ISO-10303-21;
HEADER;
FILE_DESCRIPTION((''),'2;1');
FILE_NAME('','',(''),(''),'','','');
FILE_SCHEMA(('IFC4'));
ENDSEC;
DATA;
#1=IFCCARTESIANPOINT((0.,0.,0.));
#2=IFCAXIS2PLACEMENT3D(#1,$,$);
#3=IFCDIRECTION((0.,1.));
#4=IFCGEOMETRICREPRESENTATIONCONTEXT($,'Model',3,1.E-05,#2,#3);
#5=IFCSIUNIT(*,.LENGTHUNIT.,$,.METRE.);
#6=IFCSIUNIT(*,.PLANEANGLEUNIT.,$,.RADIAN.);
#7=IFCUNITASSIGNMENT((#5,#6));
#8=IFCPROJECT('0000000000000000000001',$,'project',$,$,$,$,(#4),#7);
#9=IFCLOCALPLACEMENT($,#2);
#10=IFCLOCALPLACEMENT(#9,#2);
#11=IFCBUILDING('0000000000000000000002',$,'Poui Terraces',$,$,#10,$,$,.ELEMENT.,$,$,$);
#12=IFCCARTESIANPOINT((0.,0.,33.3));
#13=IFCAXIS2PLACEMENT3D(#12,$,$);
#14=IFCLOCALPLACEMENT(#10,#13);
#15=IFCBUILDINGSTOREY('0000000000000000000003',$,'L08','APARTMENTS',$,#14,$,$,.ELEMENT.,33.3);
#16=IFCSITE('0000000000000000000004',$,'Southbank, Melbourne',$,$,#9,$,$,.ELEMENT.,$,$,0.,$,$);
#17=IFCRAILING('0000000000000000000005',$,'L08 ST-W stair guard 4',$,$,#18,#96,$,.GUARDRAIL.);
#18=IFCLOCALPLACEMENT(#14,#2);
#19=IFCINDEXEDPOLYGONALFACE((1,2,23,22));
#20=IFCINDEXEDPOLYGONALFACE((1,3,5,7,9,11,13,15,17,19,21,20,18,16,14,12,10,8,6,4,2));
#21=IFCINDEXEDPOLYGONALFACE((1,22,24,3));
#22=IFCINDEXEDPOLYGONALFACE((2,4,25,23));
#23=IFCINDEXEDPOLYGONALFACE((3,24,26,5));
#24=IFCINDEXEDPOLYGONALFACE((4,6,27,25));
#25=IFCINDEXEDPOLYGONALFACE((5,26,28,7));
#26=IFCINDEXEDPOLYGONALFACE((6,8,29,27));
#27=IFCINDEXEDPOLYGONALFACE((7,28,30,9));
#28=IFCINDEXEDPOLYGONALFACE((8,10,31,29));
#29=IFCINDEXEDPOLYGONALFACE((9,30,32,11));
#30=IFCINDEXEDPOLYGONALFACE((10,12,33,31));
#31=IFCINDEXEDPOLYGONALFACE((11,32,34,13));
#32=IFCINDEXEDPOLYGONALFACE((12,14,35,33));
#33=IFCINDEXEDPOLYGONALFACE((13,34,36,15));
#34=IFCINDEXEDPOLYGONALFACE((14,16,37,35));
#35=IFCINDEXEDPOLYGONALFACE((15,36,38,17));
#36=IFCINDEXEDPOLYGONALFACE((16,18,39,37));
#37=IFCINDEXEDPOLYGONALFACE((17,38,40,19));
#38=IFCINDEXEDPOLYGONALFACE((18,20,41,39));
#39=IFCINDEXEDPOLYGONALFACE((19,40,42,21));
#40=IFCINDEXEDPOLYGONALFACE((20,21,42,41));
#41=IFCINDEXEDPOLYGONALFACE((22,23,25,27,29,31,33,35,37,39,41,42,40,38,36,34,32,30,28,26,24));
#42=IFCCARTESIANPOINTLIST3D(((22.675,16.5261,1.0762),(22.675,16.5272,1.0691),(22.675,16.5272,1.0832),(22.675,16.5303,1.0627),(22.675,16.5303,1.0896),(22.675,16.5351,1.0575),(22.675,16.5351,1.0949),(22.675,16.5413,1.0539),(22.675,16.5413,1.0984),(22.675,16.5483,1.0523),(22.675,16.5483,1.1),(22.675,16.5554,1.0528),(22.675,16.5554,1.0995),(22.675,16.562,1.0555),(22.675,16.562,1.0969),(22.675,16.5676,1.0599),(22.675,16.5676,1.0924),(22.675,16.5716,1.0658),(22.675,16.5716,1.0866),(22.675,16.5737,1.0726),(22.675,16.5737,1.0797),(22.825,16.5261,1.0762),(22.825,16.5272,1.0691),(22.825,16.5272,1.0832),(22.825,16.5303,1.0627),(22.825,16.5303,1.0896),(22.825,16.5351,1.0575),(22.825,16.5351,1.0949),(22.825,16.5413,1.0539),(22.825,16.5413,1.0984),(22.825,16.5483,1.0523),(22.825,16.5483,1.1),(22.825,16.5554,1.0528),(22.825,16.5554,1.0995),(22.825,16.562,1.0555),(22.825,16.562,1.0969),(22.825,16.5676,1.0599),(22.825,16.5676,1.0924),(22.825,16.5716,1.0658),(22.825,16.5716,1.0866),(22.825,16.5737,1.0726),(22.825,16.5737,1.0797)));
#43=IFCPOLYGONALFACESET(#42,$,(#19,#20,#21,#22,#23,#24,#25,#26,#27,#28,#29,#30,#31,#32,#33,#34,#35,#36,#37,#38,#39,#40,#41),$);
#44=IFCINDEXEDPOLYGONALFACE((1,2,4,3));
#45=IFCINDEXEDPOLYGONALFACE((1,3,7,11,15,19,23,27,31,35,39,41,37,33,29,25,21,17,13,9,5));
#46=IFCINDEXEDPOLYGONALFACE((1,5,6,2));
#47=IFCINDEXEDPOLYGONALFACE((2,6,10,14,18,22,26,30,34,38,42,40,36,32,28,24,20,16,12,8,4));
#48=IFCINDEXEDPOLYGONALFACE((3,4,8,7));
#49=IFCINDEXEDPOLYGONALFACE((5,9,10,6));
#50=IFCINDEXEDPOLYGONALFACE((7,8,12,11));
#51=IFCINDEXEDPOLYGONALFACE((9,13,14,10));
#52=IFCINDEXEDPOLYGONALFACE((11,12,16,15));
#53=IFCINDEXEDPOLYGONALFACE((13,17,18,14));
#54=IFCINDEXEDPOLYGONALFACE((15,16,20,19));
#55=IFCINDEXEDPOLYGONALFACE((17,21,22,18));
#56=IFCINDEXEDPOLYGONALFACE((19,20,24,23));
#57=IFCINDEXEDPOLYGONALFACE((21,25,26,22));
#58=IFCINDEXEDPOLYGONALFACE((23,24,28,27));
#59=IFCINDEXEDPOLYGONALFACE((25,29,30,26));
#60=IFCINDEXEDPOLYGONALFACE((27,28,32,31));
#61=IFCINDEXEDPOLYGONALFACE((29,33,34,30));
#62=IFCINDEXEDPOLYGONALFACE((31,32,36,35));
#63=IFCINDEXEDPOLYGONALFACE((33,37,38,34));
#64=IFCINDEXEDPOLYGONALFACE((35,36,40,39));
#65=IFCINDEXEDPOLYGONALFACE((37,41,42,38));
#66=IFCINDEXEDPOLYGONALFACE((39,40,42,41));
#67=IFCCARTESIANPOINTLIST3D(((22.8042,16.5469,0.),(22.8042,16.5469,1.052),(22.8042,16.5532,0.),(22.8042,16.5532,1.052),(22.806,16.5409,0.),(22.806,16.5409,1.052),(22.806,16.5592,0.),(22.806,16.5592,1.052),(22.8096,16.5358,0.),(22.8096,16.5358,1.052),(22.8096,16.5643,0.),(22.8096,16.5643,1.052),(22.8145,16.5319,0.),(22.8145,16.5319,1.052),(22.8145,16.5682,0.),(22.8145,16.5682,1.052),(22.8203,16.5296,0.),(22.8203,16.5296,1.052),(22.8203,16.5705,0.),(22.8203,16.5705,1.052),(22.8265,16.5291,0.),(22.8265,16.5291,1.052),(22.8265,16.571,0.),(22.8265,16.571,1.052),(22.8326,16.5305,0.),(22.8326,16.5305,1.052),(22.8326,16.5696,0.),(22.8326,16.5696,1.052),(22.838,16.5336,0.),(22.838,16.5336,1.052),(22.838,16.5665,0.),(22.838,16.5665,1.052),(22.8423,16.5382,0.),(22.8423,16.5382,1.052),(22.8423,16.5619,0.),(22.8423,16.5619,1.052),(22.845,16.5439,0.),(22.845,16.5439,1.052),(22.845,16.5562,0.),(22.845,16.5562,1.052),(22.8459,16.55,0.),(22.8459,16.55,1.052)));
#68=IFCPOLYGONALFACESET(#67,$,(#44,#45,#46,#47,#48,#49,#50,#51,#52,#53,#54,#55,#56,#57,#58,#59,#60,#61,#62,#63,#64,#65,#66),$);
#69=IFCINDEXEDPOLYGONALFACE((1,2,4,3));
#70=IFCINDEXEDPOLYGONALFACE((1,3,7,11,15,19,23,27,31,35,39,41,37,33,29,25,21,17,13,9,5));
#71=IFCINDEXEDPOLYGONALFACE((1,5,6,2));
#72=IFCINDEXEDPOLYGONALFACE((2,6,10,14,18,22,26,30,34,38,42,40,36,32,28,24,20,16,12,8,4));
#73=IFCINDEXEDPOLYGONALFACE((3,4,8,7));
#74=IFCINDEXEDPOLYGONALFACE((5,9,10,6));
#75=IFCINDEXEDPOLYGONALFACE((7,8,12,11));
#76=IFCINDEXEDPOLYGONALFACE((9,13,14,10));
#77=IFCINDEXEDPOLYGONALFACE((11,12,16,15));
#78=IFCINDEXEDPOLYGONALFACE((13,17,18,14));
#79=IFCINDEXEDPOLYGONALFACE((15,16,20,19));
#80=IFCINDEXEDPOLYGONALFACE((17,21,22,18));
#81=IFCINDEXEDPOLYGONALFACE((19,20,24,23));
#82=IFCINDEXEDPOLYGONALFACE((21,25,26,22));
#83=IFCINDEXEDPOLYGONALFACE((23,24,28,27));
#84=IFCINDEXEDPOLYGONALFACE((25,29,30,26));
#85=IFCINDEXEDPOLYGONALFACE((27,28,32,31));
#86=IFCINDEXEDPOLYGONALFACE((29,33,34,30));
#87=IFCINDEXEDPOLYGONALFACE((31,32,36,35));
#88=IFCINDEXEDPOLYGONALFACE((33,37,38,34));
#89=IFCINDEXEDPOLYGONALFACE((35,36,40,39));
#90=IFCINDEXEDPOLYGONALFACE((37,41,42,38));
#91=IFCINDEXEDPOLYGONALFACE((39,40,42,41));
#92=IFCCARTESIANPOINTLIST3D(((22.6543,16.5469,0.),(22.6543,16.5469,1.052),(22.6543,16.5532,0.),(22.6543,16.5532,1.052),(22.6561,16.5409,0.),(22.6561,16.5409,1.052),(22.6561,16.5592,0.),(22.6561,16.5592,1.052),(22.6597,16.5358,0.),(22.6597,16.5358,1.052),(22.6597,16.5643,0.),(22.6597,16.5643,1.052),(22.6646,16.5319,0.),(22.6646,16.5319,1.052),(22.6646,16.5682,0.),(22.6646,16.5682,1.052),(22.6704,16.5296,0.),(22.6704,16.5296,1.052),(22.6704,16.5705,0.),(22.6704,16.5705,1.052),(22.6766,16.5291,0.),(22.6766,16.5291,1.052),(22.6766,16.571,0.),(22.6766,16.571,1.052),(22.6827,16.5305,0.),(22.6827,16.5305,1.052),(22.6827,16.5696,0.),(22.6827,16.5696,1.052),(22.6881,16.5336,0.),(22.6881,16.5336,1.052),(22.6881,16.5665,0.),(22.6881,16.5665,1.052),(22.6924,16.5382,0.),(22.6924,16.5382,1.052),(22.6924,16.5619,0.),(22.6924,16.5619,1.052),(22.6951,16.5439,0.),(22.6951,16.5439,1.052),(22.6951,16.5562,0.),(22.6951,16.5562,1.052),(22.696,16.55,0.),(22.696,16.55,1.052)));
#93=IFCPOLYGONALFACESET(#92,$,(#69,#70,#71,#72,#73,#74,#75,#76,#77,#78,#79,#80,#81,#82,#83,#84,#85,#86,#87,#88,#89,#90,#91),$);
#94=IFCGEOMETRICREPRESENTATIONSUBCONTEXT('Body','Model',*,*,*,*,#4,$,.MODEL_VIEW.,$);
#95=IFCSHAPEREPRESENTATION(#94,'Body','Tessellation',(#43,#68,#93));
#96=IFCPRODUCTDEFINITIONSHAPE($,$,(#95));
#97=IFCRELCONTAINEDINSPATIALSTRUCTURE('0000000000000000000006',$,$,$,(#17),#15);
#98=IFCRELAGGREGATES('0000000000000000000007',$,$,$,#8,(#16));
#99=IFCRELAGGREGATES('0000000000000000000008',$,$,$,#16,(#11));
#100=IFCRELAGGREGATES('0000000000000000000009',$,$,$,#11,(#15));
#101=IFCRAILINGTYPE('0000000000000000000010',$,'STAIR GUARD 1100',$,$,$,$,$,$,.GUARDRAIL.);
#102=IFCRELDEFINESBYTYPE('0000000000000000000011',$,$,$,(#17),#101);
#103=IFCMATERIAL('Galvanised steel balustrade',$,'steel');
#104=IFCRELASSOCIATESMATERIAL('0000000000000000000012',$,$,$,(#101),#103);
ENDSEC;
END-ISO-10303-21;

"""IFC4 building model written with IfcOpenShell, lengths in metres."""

from ifc_helpers import new_model, si_unit, direction, frame, origin, origin_2d, place, context, subcontext, project, spatial, circle, extrude, material, type_object, element, save


model = new_model("IFC4")

# Units and contexts
model_context = context("Model", 3, precision=1e-05, world=origin(), true_north=direction((0.0, 1.0)))
body_context = subcontext(model_context, "Body", "Model", "MODEL_VIEW")
ifc_project = project(units=[si_unit("LENGTHUNIT", "METRE"), si_unit("PLANEANGLEUNIT", "RADIAN")], contexts=[model_context])

# Site, building, storey
site_placement = place(None, origin())
site = spatial("IfcSite", under=ifc_project, at=site_placement, Name="Southbank, Melbourne", CompositionType="ELEMENT", RefElevation=0.0)
building_placement = place(site_placement, origin())
building = spatial("IfcBuilding", under=site, at=building_placement, Name="Poui Terraces", CompositionType="ELEMENT")
storey_placement = place(building_placement, frame((0.0, 0.0, 33.3)))
storey = spatial("IfcBuildingStorey", under=building, at=storey_placement, Name="L08", Description="APARTMENTS", CompositionType="ELEMENT", Elevation=33.3)

# Railing
ifc_material_1 = material(Name="Galvanised steel balustrade", Category="steel")
railing_type_1 = type_object("IfcRailingType", Name="STAIR GUARD 1100", PredefinedType="GUARDRAIL", material=ifc_material_1)
railing_1_placement = place(storey_placement, frame((22.825, 16.55, 0.0)))
element("IfcRailing", 1, at=railing_1_placement, inside=storey, type_object=railing_type_1, Name="L08 ST-W stair guard 4", PredefinedType="GUARDRAIL", context=body_context, shape_type="SweptSolid", body=[
    extrude(circle(Radius=0.0239, at=origin_2d()), frame((0.0, 0.0, 1.0762), z_axis=(-1.0, 0.0, 0.0), x_axis=(0.0, -1.0, 0.0)), (0.0, 0.0, 1.0), 0.1499),
    extrude(circle(Radius=0.021, at=origin_2d()), origin(), (0.0, 0.0, 1.0), 1.052),
    extrude(circle(Radius=0.021, at=origin_2d()), frame((-0.1499, 0.0, 0.0)), (0.0, 0.0, 1.0), 1.052),
])

save(model, "model.ifc")
